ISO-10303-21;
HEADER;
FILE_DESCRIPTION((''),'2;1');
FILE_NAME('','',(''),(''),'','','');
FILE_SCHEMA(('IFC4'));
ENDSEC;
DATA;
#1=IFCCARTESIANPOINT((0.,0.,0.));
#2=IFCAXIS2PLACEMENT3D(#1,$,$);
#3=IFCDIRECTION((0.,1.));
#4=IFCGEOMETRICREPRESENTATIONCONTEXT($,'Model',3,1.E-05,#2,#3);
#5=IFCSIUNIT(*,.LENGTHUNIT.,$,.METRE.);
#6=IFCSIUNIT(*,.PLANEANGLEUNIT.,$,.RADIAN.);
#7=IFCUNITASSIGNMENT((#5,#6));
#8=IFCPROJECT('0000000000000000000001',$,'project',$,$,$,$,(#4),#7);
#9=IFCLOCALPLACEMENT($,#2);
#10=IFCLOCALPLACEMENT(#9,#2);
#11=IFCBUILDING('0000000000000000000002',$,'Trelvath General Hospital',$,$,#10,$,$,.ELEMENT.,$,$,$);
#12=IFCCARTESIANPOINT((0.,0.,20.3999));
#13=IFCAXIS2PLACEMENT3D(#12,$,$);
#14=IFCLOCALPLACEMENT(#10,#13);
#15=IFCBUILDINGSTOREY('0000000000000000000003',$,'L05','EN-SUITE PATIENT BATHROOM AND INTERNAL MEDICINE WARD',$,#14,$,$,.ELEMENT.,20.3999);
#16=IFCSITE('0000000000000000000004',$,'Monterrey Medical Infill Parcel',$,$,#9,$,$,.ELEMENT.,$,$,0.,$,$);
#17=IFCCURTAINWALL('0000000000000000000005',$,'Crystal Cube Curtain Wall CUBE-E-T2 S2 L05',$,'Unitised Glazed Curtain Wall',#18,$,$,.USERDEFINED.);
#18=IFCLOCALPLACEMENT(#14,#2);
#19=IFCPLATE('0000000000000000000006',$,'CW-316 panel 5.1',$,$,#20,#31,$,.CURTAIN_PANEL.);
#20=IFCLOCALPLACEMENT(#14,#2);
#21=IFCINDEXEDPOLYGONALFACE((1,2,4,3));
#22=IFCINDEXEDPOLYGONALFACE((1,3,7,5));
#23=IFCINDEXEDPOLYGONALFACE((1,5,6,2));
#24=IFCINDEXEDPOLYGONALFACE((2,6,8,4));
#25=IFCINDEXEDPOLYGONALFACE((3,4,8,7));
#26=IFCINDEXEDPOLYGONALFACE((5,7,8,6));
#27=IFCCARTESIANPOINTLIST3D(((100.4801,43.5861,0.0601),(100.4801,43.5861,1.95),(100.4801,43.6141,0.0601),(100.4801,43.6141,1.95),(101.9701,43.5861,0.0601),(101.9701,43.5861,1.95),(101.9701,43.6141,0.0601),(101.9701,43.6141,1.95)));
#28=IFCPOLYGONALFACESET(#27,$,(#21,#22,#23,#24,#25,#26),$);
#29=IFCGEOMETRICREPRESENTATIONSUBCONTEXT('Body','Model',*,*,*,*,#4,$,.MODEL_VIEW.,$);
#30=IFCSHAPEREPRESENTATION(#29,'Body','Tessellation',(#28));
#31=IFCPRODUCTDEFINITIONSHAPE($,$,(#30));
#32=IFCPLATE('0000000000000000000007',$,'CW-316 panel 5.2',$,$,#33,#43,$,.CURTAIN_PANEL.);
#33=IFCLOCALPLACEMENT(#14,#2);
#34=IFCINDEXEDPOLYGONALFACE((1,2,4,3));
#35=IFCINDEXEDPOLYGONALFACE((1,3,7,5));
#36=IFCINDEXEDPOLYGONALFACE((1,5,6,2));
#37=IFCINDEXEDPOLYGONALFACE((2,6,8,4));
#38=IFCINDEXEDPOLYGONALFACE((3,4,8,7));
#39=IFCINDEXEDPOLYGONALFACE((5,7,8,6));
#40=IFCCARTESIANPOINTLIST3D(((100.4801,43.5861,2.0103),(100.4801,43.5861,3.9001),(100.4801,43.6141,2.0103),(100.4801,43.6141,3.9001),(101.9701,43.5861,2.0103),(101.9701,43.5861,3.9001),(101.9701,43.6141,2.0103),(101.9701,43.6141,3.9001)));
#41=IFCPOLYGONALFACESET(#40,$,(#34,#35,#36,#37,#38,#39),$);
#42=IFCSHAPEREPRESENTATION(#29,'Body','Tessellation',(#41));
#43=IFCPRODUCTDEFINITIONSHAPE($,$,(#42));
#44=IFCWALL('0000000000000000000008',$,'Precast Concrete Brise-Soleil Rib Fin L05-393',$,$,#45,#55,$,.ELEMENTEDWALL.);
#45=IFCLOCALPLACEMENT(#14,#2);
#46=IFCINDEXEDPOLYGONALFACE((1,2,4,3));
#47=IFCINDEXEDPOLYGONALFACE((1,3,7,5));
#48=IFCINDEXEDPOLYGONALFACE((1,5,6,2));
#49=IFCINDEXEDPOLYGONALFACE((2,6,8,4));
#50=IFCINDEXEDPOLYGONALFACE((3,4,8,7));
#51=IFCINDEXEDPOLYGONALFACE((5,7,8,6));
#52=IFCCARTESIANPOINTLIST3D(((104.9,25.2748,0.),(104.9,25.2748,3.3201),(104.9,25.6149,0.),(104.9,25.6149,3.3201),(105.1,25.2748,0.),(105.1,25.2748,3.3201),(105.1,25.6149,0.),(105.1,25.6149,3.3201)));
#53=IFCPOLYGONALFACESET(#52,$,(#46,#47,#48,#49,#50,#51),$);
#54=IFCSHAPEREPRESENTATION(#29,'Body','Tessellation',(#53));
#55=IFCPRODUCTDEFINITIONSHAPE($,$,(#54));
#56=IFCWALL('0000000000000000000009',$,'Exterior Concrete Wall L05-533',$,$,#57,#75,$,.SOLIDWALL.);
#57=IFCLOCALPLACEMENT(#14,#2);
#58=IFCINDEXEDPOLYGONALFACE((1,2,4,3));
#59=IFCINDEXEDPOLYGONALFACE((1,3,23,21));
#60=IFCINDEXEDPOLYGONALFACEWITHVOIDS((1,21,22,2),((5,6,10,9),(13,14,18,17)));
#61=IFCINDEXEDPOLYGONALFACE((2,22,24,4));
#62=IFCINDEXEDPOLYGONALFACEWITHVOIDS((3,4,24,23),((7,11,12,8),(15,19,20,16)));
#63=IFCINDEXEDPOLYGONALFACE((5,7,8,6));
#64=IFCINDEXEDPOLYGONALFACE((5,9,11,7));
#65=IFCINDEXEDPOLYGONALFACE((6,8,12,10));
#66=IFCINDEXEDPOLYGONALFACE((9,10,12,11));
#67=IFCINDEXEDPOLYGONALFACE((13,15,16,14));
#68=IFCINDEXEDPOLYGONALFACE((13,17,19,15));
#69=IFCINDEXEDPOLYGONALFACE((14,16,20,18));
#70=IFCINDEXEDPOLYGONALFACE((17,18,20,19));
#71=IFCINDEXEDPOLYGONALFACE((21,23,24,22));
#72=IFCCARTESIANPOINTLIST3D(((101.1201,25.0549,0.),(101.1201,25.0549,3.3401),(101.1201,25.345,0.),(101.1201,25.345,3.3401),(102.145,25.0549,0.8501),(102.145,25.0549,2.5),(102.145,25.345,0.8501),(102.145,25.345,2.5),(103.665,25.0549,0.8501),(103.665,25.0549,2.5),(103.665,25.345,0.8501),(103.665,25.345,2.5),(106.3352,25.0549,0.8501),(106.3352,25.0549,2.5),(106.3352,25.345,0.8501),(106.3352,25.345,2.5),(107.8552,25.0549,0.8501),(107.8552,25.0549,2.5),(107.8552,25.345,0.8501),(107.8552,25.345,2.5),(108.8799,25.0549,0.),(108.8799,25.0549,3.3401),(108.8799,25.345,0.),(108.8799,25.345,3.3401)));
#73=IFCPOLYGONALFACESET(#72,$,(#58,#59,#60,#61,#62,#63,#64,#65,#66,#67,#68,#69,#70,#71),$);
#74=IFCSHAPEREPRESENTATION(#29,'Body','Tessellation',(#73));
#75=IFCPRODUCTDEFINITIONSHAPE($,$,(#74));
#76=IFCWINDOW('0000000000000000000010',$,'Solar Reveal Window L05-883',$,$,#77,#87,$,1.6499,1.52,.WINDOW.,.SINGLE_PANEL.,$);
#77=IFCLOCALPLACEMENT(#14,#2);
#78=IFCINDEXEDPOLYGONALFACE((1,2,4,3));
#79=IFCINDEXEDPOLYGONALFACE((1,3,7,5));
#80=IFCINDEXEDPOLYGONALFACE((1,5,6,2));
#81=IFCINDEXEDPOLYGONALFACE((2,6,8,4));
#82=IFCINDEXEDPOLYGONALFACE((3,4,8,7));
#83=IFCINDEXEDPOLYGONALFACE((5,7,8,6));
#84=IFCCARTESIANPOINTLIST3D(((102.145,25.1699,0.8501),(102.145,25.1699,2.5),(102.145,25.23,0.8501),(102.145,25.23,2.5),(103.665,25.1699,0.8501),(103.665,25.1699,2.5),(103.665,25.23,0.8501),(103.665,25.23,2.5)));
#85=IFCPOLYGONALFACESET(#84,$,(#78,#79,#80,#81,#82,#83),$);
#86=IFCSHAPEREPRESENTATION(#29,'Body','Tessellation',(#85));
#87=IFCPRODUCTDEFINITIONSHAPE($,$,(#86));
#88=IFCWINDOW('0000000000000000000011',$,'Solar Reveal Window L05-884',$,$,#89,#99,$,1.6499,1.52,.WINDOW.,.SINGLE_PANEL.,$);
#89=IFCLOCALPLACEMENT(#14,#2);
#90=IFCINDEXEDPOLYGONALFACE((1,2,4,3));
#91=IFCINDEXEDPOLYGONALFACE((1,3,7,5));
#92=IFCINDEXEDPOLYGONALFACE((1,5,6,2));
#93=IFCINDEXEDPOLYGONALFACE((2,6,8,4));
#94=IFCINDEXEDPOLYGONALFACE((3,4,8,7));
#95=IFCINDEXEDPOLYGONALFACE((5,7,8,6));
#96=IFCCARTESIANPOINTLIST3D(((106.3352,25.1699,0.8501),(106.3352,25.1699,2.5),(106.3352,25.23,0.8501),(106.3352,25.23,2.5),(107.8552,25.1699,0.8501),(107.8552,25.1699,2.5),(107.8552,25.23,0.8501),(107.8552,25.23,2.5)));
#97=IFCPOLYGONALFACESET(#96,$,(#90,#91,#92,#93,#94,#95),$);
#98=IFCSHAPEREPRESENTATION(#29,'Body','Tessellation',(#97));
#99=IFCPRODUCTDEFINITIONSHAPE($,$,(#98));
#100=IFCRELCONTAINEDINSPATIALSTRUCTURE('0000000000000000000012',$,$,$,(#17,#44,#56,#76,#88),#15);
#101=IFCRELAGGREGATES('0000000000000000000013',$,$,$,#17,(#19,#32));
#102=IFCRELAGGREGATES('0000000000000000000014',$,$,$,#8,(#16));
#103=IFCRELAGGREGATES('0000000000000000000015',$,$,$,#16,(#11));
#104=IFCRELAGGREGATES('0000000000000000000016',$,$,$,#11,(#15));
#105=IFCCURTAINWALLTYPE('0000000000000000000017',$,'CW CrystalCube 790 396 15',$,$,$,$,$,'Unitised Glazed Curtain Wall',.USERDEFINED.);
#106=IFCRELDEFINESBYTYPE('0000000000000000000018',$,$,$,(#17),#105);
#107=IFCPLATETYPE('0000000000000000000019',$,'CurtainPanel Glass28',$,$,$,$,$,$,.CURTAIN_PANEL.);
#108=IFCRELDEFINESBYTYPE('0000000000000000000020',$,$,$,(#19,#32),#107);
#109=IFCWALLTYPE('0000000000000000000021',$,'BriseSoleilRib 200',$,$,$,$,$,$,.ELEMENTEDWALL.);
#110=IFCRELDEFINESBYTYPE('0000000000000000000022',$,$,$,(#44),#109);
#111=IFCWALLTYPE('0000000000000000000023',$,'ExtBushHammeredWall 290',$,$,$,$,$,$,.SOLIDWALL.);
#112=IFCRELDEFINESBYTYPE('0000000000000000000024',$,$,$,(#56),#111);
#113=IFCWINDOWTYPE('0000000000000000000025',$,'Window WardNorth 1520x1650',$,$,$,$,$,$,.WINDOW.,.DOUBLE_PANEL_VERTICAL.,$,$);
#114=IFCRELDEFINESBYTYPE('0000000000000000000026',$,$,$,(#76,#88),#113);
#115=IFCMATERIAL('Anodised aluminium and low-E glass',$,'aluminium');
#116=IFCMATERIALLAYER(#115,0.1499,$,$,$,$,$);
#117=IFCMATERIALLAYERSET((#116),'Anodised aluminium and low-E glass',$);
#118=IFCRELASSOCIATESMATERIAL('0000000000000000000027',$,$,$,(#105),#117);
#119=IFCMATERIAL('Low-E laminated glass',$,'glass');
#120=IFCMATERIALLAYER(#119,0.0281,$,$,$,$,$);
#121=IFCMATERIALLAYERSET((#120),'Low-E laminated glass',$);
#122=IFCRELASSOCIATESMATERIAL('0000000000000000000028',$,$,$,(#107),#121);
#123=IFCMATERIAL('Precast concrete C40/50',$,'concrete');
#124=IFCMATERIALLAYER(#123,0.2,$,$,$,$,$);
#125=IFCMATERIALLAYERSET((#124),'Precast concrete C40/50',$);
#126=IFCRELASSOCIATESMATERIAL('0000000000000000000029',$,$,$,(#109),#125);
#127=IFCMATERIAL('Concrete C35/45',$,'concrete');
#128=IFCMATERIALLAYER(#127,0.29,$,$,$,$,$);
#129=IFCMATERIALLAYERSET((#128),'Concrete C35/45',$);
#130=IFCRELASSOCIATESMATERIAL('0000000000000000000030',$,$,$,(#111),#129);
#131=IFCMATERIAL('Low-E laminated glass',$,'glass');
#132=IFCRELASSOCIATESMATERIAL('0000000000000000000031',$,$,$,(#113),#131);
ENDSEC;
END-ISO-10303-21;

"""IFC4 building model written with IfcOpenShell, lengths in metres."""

from ifc_helpers import new_model, si_unit, direction, frame, frame_2d, origin, origin_2d, place, context, subcontext, project, spatial, rectangle, extrude, material, layer, layer_set, type_object, element, fill, aggregate, save


model = new_model("IFC4")

# Units and contexts
model_context = context("Model", 3, precision=1e-05, world=origin(), true_north=direction((0.0, 1.0)))
body_context = subcontext(model_context, "Body", "Model", "MODEL_VIEW")
ifc_project = project(units=[si_unit("LENGTHUNIT", "METRE"), si_unit("PLANEANGLEUNIT", "RADIAN")], contexts=[model_context])

# Site, building, storey
site_placement = place(None, origin())
site = spatial("IfcSite", under=ifc_project, at=site_placement, Name="Monterrey Medical Infill Parcel", CompositionType="ELEMENT", RefElevation=0.0)
building_placement = place(site_placement, origin())
building = spatial("IfcBuilding", under=site, at=building_placement, Name="Trelvath General Hospital", CompositionType="ELEMENT")
storey_placement = place(building_placement, frame((0.0, 0.0, 20.3999)))
storey = spatial("IfcBuildingStorey", under=building, at=storey_placement, Name="L05", Description="EN-SUITE PATIENT BATHROOM AND INTERNAL MEDICINE WARD", CompositionType="ELEMENT", Elevation=20.3999)

# Curtain wall
ifc_material_1 = material(Name="Anodised aluminium and low-E glass", Category="aluminium")
ifc_layer_1 = layer(ifc_material_1, 0.1499)
ifc_layer_set_1 = layer_set([ifc_layer_1], Name="Anodised aluminium and low-E glass")
curtain_wall_type = type_object("IfcCurtainWallType", Name="CW CrystalCube 790 396 15", ElementType="Unitised Glazed Curtain Wall", PredefinedType="USERDEFINED", material=ifc_layer_set_1)
curtain_wall_1_placement = place(storey_placement, origin())
curtain_wall_1 = element("IfcCurtainWall", 1, at=curtain_wall_1_placement, inside=storey, type_object=curtain_wall_type, Name="Crystal Cube Curtain Wall CUBE-E-T2 S2 L05", ObjectType="Unitised Glazed Curtain Wall", PredefinedType="USERDEFINED")

# Plates
ifc_material_2 = material(Name="Low-E laminated glass", Category="glass")
ifc_layer_2 = layer(ifc_material_2, 0.0281)
ifc_layer_set_2 = layer_set([ifc_layer_2], Name="Low-E laminated glass")
plate_type = type_object("IfcPlateType", Name="CurtainPanel Glass28", PredefinedType="CURTAIN_PANEL", material=ifc_layer_set_2)
plate_1_placement = place(storey_placement, frame((101.2251, 43.6001, 0.0601), z_axis=(0.0, 0.0, 1.0), x_axis=(-1.0, 0.0, 0.0)))
plate_1 = element("IfcPlate", 2, at=plate_1_placement, type_object=plate_type, Name="CW-316 panel 5.1", PredefinedType="CURTAIN_PANEL", context=body_context, shape_type="SweptSolid", body=[
    extrude(rectangle(XDim=1.49, YDim=0.0281, at=origin_2d()), origin(), (0.0, 0.0, 1.0), 1.8899),
])
plate_2_placement = place(storey_placement, frame((101.2251, 43.6001, 2.0103), z_axis=(0.0, 0.0, 1.0), x_axis=(-1.0, 0.0, 0.0)))
plate_2 = element("IfcPlate", 3, at=plate_2_placement, type_object=plate_type, Name="CW-316 panel 5.2", PredefinedType="CURTAIN_PANEL", context=body_context, shape_type="SweptSolid", body=[
    extrude(rectangle(XDim=1.49, YDim=0.0281, at=origin_2d()), origin(), (0.0, 0.0, 1.0), 1.8899),
])
aggregate(curtain_wall_1, [plate_1, plate_2])

# Wall
ifc_material_3 = material(Name="Precast concrete C40/50", Category="concrete")
ifc_layer_3 = layer(ifc_material_3, 0.2)
ifc_layer_set_3 = layer_set([ifc_layer_3], Name="Precast concrete C40/50")
wall_type_1 = type_object("IfcWallType", Name="BriseSoleilRib 200", PredefinedType="ELEMENTEDWALL", material=ifc_layer_set_3)
wall_1_placement = place(storey_placement, frame((105.0, 25.2749, 0.0), z_axis=(0.0, 0.0, 1.0), x_axis=(0.0, 1.0, 0.0)))
element("IfcWall", 4, at=wall_1_placement, inside=storey, type_object=wall_type_1, Name="Precast Concrete Brise-Soleil Rib Fin L05-393", PredefinedType="ELEMENTEDWALL", context=body_context, shape_type="SweptSolid", body=[
    extrude(rectangle(XDim=0.3401, YDim=0.2, at=frame_2d((0.1699, 0.0))), origin(), (0.0, 0.0, 1.0), 3.3201),
])

# Wall, openings, windows
ifc_material_4 = material(Name="Concrete C35/45", Category="concrete")
ifc_layer_4 = layer(ifc_material_4, 0.29)
ifc_layer_set_4 = layer_set([ifc_layer_4], Name="Concrete C35/45")
wall_type_2 = type_object("IfcWallType", Name="ExtBushHammeredWall 290", PredefinedType="SOLIDWALL", material=ifc_layer_set_4)
wall_2_placement = place(storey_placement, frame((101.1201, 25.2, 0.0), z_axis=(0.0, 0.0, 1.0), x_axis=(1.0, 0.0, 0.0)))
wall_2 = element("IfcWall", 5, at=wall_2_placement, inside=storey, type_object=wall_type_2, Name="Exterior Concrete Wall L05-533", PredefinedType="SOLIDWALL", context=body_context, shape_type="SweptSolid", body=[
    extrude(rectangle(XDim=7.7598, YDim=0.29, at=frame_2d((3.8799, 0.0))), origin(), (0.0, 0.0, 1.0), 3.3401),
])
opening_1_placement = place(wall_2_placement, frame((1.0249, 0.0, 0.8501)))
opening_1 = element("IfcOpeningElement", 6, at=opening_1_placement, cuts=wall_2, PredefinedType="OPENING", context=body_context, shape_type="SweptSolid", body=[
    extrude(rectangle(XDim=1.52, YDim=1.6499, at=frame_2d((0.76, 0.825))), frame((0.0, 0.155, 0.0), z_axis=(0.0, -1.0, 0.0), x_axis=(1.0, 0.0, 0.0)), (0.0, 0.0, 1.0), 0.3101),
])
opening_2_placement = place(wall_2_placement, frame((5.2151, 0.0, 0.8501)))
opening_2 = element("IfcOpeningElement", 7, at=opening_2_placement, cuts=wall_2, PredefinedType="OPENING", context=body_context, shape_type="SweptSolid", body=[
    extrude(rectangle(XDim=1.52, YDim=1.6499, at=frame_2d((0.76, 0.825))), frame((0.0, 0.155, 0.0), z_axis=(0.0, -1.0, 0.0), x_axis=(1.0, 0.0, 0.0)), (0.0, 0.0, 1.0), 0.3101),
])
ifc_material_5 = material(Name="Low-E laminated glass", Category="glass")
window_type = type_object("IfcWindowType", Name="Window WardNorth 1520x1650", PartitioningType="DOUBLE_PANEL_VERTICAL", PredefinedType="WINDOW", material=ifc_material_5)
window_1_placement = place(opening_1_placement, origin())
window_1 = element("IfcWindow", 8, at=window_1_placement, inside=storey, type_object=window_type, Name="Solar Reveal Window L05-883", OverallHeight=1.6499, OverallWidth=1.52, PartitioningType="SINGLE_PANEL", PredefinedType="WINDOW", context=body_context, shape_type="SweptSolid", body=[
    extrude(rectangle(XDim=1.52, YDim=1.6499, at=frame_2d((0.76, 0.825))), frame((0.0, 0.03, 0.0), z_axis=(0.0, -1.0, 0.0), x_axis=(1.0, 0.0, 0.0)), (0.0, 0.0, 1.0), 0.0601),
])
fill(opening_1, window_1)
window_2_placement = place(opening_2_placement, origin())
window_2 = element("IfcWindow", 9, at=window_2_placement, inside=storey, type_object=window_type, Name="Solar Reveal Window L05-884", OverallHeight=1.6499, OverallWidth=1.52, PartitioningType="SINGLE_PANEL", PredefinedType="WINDOW", context=body_context, shape_type="SweptSolid", body=[
    extrude(rectangle(XDim=1.52, YDim=1.6499, at=frame_2d((0.76, 0.825))), frame((0.0, 0.03, 0.0), z_axis=(0.0, -1.0, 0.0), x_axis=(1.0, 0.0, 0.0)), (0.0, 0.0, 1.0), 0.0601),
])
fill(opening_2, window_2)

save(model, "model.ifc")
